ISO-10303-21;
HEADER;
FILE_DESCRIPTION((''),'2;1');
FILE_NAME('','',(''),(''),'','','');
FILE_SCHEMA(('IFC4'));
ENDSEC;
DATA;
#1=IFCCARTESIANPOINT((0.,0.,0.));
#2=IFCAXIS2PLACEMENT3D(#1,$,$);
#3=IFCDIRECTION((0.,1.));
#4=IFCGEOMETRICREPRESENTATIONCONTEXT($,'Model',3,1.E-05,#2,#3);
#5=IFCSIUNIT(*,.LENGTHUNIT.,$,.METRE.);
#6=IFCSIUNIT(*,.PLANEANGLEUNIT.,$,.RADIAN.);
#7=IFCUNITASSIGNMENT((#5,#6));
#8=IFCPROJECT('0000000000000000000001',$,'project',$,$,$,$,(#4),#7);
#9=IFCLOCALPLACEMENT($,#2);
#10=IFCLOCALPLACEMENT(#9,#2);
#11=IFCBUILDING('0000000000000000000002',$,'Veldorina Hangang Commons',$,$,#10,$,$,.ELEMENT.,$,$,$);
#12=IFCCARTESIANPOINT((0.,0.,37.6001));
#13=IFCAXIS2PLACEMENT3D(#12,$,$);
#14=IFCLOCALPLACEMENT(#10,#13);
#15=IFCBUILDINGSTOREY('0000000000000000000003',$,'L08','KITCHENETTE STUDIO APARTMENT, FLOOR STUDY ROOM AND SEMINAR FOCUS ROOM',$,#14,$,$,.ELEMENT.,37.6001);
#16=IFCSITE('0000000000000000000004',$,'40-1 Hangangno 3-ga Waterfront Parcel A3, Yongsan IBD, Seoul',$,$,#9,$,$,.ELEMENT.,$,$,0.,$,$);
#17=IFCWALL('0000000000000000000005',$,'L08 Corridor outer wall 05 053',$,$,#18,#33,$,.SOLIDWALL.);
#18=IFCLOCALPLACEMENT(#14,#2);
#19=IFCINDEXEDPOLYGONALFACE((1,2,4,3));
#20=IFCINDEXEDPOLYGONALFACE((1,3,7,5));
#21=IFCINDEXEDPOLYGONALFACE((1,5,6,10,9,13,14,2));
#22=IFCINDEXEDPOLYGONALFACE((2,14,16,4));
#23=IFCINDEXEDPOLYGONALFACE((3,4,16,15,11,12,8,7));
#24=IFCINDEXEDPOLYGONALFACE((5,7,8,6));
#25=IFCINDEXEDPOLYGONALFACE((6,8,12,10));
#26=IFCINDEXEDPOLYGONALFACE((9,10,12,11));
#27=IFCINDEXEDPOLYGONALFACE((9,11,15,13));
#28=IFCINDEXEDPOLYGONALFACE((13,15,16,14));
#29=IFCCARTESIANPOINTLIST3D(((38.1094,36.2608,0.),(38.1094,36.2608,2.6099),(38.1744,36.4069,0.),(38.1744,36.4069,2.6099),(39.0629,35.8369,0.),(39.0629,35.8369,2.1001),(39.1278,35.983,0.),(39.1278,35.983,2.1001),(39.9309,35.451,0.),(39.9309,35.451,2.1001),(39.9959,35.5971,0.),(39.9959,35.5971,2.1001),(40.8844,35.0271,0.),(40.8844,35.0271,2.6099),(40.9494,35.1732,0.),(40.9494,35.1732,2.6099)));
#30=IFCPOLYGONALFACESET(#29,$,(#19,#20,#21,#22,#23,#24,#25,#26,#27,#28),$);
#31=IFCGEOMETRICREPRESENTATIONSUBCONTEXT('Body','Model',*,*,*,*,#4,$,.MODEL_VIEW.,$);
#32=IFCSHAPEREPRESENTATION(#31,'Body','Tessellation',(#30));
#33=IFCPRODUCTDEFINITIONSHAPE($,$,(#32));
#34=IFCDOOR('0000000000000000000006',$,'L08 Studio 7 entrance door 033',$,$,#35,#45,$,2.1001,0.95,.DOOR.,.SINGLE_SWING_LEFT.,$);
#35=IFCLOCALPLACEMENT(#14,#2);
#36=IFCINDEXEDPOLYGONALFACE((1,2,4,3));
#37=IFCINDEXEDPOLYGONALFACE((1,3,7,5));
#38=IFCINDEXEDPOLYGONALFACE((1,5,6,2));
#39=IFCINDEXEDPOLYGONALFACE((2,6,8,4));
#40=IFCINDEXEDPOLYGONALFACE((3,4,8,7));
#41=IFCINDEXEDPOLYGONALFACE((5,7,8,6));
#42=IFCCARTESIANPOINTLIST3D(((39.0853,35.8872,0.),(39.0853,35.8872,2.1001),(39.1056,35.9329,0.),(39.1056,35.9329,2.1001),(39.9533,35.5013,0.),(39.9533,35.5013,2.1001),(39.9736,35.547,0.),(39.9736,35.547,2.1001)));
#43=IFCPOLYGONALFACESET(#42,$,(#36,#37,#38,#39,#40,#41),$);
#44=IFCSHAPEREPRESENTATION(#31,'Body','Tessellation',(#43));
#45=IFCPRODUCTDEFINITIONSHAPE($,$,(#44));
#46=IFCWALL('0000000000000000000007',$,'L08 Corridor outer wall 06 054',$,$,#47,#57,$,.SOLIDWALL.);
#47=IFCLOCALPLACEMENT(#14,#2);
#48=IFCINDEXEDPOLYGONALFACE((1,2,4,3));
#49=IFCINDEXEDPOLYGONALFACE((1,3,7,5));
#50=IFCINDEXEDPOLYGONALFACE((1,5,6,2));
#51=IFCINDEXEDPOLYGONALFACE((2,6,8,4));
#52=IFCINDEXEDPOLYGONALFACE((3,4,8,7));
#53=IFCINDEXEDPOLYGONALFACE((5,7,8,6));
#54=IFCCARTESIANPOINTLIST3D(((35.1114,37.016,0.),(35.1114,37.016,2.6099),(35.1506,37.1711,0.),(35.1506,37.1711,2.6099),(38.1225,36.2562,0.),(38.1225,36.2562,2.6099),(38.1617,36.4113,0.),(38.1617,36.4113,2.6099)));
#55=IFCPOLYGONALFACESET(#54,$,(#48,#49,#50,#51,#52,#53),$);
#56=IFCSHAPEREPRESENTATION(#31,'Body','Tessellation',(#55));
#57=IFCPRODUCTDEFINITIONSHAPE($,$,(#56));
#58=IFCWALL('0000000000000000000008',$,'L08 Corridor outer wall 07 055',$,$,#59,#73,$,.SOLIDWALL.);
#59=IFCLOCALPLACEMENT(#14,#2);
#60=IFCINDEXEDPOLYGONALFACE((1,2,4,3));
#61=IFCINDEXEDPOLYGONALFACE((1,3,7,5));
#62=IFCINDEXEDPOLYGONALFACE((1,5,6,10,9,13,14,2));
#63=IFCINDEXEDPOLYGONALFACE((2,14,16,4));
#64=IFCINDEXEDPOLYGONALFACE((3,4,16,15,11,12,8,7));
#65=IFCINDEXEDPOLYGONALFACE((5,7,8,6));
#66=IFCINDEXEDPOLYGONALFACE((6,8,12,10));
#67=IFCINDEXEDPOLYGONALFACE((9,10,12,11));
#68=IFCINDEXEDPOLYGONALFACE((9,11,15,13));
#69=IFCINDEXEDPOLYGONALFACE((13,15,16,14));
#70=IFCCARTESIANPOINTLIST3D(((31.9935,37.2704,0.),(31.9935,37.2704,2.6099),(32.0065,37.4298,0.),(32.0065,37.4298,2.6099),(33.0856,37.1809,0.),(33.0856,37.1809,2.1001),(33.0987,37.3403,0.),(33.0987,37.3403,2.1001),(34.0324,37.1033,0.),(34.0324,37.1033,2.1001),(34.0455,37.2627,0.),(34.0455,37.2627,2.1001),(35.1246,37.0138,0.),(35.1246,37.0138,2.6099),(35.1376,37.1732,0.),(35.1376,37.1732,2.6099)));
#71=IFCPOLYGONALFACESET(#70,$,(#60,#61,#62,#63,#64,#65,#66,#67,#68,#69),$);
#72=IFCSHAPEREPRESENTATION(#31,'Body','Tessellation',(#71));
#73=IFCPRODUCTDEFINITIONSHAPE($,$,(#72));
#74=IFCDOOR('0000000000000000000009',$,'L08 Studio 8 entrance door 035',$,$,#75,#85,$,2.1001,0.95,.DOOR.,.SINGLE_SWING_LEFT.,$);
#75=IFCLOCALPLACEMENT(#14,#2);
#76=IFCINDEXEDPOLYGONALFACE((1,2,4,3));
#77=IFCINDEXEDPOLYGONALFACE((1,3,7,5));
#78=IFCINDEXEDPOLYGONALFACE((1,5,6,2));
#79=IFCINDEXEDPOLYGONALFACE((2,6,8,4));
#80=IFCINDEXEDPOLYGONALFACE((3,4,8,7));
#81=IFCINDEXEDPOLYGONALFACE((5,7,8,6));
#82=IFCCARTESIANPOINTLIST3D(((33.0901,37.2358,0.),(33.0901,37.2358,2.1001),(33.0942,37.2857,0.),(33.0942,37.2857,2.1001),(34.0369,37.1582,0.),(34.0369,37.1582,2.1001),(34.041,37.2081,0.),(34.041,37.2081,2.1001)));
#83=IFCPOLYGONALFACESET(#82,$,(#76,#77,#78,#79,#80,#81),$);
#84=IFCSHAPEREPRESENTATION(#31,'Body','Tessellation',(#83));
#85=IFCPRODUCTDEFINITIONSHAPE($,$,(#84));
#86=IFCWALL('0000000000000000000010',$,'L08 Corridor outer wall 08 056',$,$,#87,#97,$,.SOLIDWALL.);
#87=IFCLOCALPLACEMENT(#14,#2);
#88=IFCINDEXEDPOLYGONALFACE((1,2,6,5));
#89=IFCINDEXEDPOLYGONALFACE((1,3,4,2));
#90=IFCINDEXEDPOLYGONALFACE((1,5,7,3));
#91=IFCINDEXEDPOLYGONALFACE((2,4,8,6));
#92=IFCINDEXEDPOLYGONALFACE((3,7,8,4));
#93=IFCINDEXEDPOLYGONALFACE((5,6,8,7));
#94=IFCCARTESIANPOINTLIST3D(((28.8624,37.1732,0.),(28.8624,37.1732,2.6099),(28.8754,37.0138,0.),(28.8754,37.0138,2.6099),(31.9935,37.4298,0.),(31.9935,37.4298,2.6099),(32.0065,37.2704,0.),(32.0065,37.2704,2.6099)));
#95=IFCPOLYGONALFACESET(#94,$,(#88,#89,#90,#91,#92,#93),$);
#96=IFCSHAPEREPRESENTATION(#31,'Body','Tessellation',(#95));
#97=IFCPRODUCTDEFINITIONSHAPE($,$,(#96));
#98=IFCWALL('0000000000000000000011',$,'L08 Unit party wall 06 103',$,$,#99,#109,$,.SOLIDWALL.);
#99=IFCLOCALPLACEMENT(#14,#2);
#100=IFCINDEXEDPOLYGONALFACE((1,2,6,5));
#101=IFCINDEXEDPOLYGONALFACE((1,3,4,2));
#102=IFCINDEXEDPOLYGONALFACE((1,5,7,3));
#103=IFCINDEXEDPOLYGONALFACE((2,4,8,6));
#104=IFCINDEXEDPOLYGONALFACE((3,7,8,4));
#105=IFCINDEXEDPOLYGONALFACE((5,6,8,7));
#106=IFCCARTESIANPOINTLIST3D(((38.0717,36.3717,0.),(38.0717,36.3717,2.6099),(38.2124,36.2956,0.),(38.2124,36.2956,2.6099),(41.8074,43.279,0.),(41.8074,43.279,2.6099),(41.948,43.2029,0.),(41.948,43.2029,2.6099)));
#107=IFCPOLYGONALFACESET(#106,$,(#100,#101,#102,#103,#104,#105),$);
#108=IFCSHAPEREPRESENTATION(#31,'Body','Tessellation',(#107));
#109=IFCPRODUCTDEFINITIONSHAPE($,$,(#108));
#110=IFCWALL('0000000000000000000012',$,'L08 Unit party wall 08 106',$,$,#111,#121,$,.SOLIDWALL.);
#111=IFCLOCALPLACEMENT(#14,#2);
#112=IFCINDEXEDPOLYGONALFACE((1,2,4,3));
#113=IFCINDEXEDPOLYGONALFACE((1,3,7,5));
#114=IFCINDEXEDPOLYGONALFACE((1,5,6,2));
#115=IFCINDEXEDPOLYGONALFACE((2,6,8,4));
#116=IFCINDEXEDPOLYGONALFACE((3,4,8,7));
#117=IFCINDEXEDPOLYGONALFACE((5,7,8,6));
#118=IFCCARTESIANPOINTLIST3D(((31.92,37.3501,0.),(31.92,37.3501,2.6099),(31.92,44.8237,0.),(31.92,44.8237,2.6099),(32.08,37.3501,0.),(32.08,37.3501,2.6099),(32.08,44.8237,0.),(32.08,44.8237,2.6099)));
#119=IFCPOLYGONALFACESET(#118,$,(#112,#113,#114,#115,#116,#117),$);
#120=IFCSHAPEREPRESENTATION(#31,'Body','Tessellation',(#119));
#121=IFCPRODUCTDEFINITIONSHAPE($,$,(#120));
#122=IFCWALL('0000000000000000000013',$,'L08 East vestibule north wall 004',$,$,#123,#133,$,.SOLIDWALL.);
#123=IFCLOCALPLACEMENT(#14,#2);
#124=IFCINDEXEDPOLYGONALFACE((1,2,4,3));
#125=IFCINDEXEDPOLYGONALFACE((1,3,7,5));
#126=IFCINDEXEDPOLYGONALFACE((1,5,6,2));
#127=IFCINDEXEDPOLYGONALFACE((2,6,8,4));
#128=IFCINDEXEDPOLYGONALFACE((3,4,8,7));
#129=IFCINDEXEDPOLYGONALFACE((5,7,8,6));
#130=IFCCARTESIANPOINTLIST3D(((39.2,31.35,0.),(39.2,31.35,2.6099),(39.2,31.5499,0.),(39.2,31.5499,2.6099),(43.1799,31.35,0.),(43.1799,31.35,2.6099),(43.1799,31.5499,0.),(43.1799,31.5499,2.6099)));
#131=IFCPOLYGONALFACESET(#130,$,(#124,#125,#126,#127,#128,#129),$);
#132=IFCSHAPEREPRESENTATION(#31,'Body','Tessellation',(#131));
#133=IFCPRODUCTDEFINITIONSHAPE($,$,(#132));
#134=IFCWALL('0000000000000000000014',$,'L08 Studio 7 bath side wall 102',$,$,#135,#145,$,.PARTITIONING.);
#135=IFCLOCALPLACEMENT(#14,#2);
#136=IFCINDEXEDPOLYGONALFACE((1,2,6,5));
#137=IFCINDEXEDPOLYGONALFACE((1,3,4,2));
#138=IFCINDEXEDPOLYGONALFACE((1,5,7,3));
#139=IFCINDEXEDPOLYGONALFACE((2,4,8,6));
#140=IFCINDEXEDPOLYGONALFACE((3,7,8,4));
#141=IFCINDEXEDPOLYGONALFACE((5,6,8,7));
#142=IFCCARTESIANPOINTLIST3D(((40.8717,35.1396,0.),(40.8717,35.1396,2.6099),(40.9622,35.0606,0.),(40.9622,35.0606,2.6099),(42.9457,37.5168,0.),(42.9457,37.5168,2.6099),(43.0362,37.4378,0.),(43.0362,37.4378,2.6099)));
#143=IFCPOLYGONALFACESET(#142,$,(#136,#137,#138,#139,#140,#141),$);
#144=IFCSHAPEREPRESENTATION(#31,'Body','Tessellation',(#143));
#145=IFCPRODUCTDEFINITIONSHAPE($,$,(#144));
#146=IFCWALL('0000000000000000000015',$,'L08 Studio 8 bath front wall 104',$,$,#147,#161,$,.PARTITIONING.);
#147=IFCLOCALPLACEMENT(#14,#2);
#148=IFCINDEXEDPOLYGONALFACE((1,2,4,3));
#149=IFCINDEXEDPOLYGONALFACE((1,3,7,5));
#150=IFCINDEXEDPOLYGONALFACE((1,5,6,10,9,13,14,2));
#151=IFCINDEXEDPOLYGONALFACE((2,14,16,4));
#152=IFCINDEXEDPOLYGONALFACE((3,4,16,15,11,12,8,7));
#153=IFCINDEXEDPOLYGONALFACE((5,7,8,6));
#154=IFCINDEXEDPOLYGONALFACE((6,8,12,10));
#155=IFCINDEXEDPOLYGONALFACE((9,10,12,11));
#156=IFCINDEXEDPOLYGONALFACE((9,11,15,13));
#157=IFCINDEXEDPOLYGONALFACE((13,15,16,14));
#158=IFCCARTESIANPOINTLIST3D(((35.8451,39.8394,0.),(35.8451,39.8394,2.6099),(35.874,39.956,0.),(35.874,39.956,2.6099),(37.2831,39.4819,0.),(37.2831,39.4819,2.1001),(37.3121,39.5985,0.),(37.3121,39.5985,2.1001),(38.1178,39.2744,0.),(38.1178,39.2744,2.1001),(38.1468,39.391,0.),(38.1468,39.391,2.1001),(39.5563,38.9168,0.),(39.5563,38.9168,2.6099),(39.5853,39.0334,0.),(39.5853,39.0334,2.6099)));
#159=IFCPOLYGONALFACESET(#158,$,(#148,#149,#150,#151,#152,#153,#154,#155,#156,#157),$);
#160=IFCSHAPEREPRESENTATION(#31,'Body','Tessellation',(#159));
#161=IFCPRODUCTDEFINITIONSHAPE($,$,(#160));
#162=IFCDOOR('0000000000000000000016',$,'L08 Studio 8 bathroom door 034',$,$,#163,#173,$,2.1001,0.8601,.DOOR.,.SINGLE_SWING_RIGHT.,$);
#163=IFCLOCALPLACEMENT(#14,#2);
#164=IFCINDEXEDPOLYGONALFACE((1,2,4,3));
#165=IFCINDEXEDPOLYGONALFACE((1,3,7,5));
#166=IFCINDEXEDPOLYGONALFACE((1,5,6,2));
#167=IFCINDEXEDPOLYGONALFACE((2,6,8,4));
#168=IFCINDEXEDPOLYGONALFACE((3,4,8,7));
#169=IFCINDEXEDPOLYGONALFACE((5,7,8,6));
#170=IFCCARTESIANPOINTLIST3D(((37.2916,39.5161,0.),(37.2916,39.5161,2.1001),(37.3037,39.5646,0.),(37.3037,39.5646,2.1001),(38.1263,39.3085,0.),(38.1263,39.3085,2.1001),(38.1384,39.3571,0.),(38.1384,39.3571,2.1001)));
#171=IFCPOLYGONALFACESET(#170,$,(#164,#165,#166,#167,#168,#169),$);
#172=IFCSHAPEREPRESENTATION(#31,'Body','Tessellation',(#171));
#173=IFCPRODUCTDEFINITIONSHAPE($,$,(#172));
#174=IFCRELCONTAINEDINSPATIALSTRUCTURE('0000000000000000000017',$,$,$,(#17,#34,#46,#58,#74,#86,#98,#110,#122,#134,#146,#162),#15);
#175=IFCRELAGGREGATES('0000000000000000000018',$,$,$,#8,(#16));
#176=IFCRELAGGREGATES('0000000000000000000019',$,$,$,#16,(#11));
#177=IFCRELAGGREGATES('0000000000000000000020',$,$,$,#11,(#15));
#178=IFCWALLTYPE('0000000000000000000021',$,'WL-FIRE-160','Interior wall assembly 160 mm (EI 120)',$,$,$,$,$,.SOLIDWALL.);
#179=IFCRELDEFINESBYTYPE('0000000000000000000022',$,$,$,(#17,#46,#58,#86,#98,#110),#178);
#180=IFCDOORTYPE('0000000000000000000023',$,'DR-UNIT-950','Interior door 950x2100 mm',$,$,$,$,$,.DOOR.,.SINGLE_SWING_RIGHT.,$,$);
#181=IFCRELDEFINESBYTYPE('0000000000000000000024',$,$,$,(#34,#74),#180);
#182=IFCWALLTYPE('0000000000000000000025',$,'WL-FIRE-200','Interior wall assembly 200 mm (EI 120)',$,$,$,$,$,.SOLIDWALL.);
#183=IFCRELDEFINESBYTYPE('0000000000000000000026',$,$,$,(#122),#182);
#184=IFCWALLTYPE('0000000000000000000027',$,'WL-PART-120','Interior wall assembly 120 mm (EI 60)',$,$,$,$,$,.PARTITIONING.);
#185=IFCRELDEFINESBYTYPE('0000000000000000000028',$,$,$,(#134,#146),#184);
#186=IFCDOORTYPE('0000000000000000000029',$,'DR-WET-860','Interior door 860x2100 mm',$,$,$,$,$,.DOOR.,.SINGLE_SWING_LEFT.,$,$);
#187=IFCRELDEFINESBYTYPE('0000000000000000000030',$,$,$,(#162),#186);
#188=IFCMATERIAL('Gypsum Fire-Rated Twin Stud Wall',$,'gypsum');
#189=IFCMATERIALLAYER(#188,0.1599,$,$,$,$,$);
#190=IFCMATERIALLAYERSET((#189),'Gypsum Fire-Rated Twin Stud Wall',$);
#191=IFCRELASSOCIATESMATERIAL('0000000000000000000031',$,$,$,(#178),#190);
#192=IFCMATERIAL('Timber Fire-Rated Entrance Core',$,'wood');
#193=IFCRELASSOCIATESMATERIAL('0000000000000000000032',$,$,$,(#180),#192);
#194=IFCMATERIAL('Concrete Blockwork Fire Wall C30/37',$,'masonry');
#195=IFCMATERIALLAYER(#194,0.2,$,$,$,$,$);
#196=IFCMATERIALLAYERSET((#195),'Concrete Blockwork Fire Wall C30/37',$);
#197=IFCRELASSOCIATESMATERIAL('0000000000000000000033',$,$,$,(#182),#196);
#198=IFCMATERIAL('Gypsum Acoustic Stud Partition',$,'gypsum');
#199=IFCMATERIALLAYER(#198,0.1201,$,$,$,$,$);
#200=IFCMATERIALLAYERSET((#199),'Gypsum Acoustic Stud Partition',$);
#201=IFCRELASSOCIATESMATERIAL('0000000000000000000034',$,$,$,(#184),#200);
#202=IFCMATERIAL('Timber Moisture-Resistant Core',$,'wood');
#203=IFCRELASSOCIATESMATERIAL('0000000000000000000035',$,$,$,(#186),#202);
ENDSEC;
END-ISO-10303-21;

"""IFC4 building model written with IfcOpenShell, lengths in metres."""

from ifc_helpers import new_model, si_unit, direction, frame, frame_2d, origin, place, context, subcontext, project, spatial, rectangle, extrude, material, layer, layer_set, type_object, element, fill, save


model = new_model("IFC4")

# Units and contexts
model_context = context("Model", 3, precision=1e-05, world=origin(), true_north=direction((0.0, 1.0)))
body_context = subcontext(model_context, "Body", "Model", "MODEL_VIEW")
ifc_project = project(units=[si_unit("LENGTHUNIT", "METRE"), si_unit("PLANEANGLEUNIT", "RADIAN")], contexts=[model_context])

# Site, building, storey
site_placement = place(None, origin())
site = spatial("IfcSite", under=ifc_project, at=site_placement, Name="40-1 Hangangno 3-ga Waterfront Parcel A3, Yongsan IBD, Seoul", CompositionType="ELEMENT", RefElevation=0.0)
building_placement = place(site_placement, origin())
building = spatial("IfcBuilding", under=site, at=building_placement, Name="Veldorina Hangang Commons", CompositionType="ELEMENT")
storey_placement = place(building_placement, frame((0.0, 0.0, 37.6001)))
storey = spatial("IfcBuildingStorey", under=building, at=storey_placement, Name="L08", Description="KITCHENETTE STUDIO APARTMENT, FLOOR STUDY ROOM AND SEMINAR FOCUS ROOM", CompositionType="ELEMENT", Elevation=37.6001)

# Wall, opening, door
ifc_material_1 = material(Name="Gypsum Fire-Rated Twin Stud Wall", Category="gypsum")
ifc_layer_1 = layer(ifc_material_1, 0.1599)
ifc_layer_set_1 = layer_set([ifc_layer_1], Name="Gypsum Fire-Rated Twin Stud Wall")
wall_type_1 = type_object("IfcWallType", Name="WL-FIRE-160", Description="Interior wall assembly 160 mm (EI 120)", PredefinedType="SOLIDWALL", material=ifc_layer_set_1)
wall_1_placement = place(storey_placement, frame((40.917, 35.1001, 0.0), z_axis=(0.0, 0.0, 1.0), x_axis=(-0.913768, 0.406235, 0.0)))
wall_1 = element("IfcWall", 1, at=wall_1_placement, inside=storey, type_object=wall_type_1, Name="L08 Corridor outer wall 05 053", PredefinedType="SOLIDWALL", context=body_context, shape_type="SweptSolid", body=[
    extrude(rectangle(XDim=3.0369, YDim=0.1599, at=frame_2d((1.5186, 0.0))), origin(), (0.0, 0.0, 1.0), 2.6099),
])
opening_1_placement = place(wall_1_placement, frame((1.0435, 0.0, 0.0)))
opening_1 = element("IfcOpeningElement", 2, at=opening_1_placement, cuts=wall_1, PredefinedType="OPENING", context=body_context, shape_type="SweptSolid", body=[
    extrude(rectangle(XDim=0.95, YDim=2.1001, at=frame_2d((0.4751, 1.05))), frame((0.0, 0.0898, 0.0), z_axis=(0.0, -1.0, 0.0), x_axis=(1.0, 0.0, 0.0)), (0.0, 0.0, 1.0), 0.1799),
])
ifc_material_2 = material(Name="Timber Fire-Rated Entrance Core", Category="wood")
door_type_1 = type_object("IfcDoorType", Name="DR-UNIT-950", Description="Interior door 950x2100 mm", OperationType="SINGLE_SWING_RIGHT", PredefinedType="DOOR", material=ifc_material_2)
door_1_placement = place(opening_1_placement, origin())
door_1 = element("IfcDoor", 3, at=door_1_placement, inside=storey, type_object=door_type_1, Name="L08 Studio 7 entrance door 033", OperationType="SINGLE_SWING_LEFT", OverallHeight=2.1001, OverallWidth=0.95, PredefinedType="DOOR", context=body_context, shape_type="SweptSolid", body=[
    extrude(rectangle(XDim=0.95, YDim=2.1001, at=frame_2d((0.4751, 1.05))), frame((0.0, 0.0249, 0.0), z_axis=(0.0, -1.0, 0.0), x_axis=(1.0, 0.0, 0.0)), (0.0, 0.0, 1.0), 0.05),
])
fill(opening_1, door_1)

# Wall
wall_2_placement = place(storey_placement, frame((38.1421, 36.3337, 0.0), z_axis=(0.0, 0.0, 1.0), x_axis=(-0.969608, 0.244662, 0.0)))
element("IfcWall", 4, at=wall_2_placement, inside=storey, type_object=wall_type_1, Name="L08 Corridor outer wall 06 054", PredefinedType="SOLIDWALL", context=body_context, shape_type="SweptSolid", body=[
    extrude(rectangle(XDim=3.1055, YDim=0.1599, at=frame_2d((1.5527, 0.0))), origin(), (0.0, 0.0, 1.0), 2.6099),
])

# Wall, opening, door
wall_3_placement = place(storey_placement, frame((35.1311, 37.0935, 0.0), z_axis=(0.0, 0.0, 1.0), x_axis=(-0.996659, 0.081676, 0.0)))
wall_3 = element("IfcWall", 5, at=wall_3_placement, inside=storey, type_object=wall_type_1, Name="L08 Corridor outer wall 07 055", PredefinedType="SOLIDWALL", context=body_context, shape_type="SweptSolid", body=[
    extrude(rectangle(XDim=3.1416, YDim=0.1599, at=frame_2d((1.5708, 0.0))), origin(), (0.0, 0.0, 1.0), 2.6099),
])
opening_2_placement = place(wall_3_placement, frame((1.0957, 0.0, 0.0)))
opening_2 = element("IfcOpeningElement", 6, at=opening_2_placement, cuts=wall_3, PredefinedType="OPENING", context=body_context, shape_type="SweptSolid", body=[
    extrude(rectangle(XDim=0.95, YDim=2.1001, at=frame_2d((0.4751, 1.05))), frame((0.0, 0.0898, 0.0), z_axis=(0.0, -1.0, 0.0), x_axis=(1.0, 0.0, 0.0)), (0.0, 0.0, 1.0), 0.1799),
])
door_2_placement = place(opening_2_placement, origin())
door_2 = element("IfcDoor", 7, at=door_2_placement, inside=storey, type_object=door_type_1, Name="L08 Studio 8 entrance door 035", OperationType="SINGLE_SWING_LEFT", OverallHeight=2.1001, OverallWidth=0.95, PredefinedType="DOOR", context=body_context, shape_type="SweptSolid", body=[
    extrude(rectangle(XDim=0.95, YDim=2.1001, at=frame_2d((0.4751, 1.05))), frame((0.0, 0.0249, 0.0), z_axis=(0.0, -1.0, 0.0), x_axis=(1.0, 0.0, 0.0)), (0.0, 0.0, 1.0), 0.05),
])
fill(opening_2, door_2)

# Walls
wall_4_placement = place(storey_placement, frame((32.0, 37.3501, 0.0), z_axis=(0.0, 0.0, 1.0), x_axis=(-0.996659, -0.081676, 0.0)))
element("IfcWall", 8, at=wall_4_placement, inside=storey, type_object=wall_type_1, Name="L08 Corridor outer wall 08 056", PredefinedType="SOLIDWALL", context=body_context, shape_type="SweptSolid", body=[
    extrude(rectangle(XDim=3.1416, YDim=0.1599, at=frame_2d((1.5708, 0.0))), origin(), (0.0, 0.0, 1.0), 2.6099),
])
wall_5_placement = place(storey_placement, frame((38.1421, 36.3337, 0.0), z_axis=(0.0, 0.0, 1.0), x_axis=(0.47571, 0.879602, 0.0)))
element("IfcWall", 9, at=wall_5_placement, inside=storey, type_object=wall_type_1, Name="L08 Unit party wall 06 103", PredefinedType="SOLIDWALL", context=body_context, shape_type="SweptSolid", body=[
    extrude(rectangle(XDim=7.8528, YDim=0.1599, at=frame_2d((3.9263, 0.0))), origin(), (0.0, 0.0, 1.0), 2.6099),
])
wall_6_placement = place(storey_placement, frame((32.0, 37.3501, 0.0), z_axis=(0.0, 0.0, 1.0), x_axis=(0.0, 1.0, 0.0)))
element("IfcWall", 10, at=wall_6_placement, inside=storey, type_object=wall_type_1, Name="L08 Unit party wall 08 106", PredefinedType="SOLIDWALL", context=body_context, shape_type="SweptSolid", body=[
    extrude(rectangle(XDim=7.4736, YDim=0.1599, at=frame_2d((3.7368, 0.0))), origin(), (0.0, 0.0, 1.0), 2.6099),
])
ifc_material_3 = material(Name="Concrete Blockwork Fire Wall C30/37", Category="masonry")
ifc_layer_2 = layer(ifc_material_3, 0.2)
ifc_layer_set_2 = layer_set([ifc_layer_2], Name="Concrete Blockwork Fire Wall C30/37")
wall_type_2 = type_object("IfcWallType", Name="WL-FIRE-200", Description="Interior wall assembly 200 mm (EI 120)", PredefinedType="SOLIDWALL", material=ifc_layer_set_2)
wall_7_placement = place(storey_placement, frame((39.2, 31.45, 0.0), z_axis=(0.0, 0.0, 1.0), x_axis=(1.0, 0.0, 0.0)))
element("IfcWall", 11, at=wall_7_placement, inside=storey, type_object=wall_type_2, Name="L08 East vestibule north wall 004", PredefinedType="SOLIDWALL", context=body_context, shape_type="SweptSolid", body=[
    extrude(rectangle(XDim=3.98, YDim=0.2, at=frame_2d((1.99, 0.0))), origin(), (0.0, 0.0, 1.0), 2.6099),
])
ifc_material_4 = material(Name="Gypsum Acoustic Stud Partition", Category="gypsum")
ifc_layer_3 = layer(ifc_material_4, 0.1201)
ifc_layer_set_3 = layer_set([ifc_layer_3], Name="Gypsum Acoustic Stud Partition")
wall_type_3 = type_object("IfcWallType", Name="WL-PART-120", Description="Interior wall assembly 120 mm (EI 60)", PredefinedType="PARTITIONING", material=ifc_layer_set_3)
wall_8_placement = place(storey_placement, frame((40.917, 35.1001, 0.0), z_axis=(0.0, 0.0, 1.0), x_axis=(0.657414, 0.75353, 0.0)))
element("IfcWall", 12, at=wall_8_placement, inside=storey, type_object=wall_type_3, Name="L08 Studio 7 bath side wall 102", PredefinedType="PARTITIONING", context=body_context, shape_type="SweptSolid", body=[
    extrude(rectangle(XDim=3.1548, YDim=0.1201, at=frame_2d((1.5774, 0.0))), origin(), (0.0, 0.0, 1.0), 2.6099),
])

# Wall, opening, door
wall_9_placement = place(storey_placement, frame((39.5708, 38.9751, 0.0), z_axis=(0.0, 0.0, 1.0), x_axis=(-0.970461, 0.241259, 0.0)))
wall_9 = element("IfcWall", 13, at=wall_9_placement, inside=storey, type_object=wall_type_3, Name="L08 Studio 8 bath front wall 104", PredefinedType="PARTITIONING", context=body_context, shape_type="SweptSolid", body=[
    extrude(rectangle(XDim=3.8242, YDim=0.1201, at=frame_2d((1.9121, 0.0))), origin(), (0.0, 0.0, 1.0), 2.6099),
])
opening_3_placement = place(wall_9_placement, frame((1.4822, 0.0, 0.0)))
opening_3 = element("IfcOpeningElement", 14, at=opening_3_placement, cuts=wall_9, PredefinedType="OPENING", context=body_context, shape_type="SweptSolid", body=[
    extrude(rectangle(XDim=0.8601, YDim=2.1001, at=frame_2d((0.4302, 1.05))), frame((0.0, 0.0701, 0.0), z_axis=(0.0, -1.0, 0.0), x_axis=(1.0, 0.0, 0.0)), (0.0, 0.0, 1.0), 0.1401),
])
ifc_material_5 = material(Name="Timber Moisture-Resistant Core", Category="wood")
door_type_2 = type_object("IfcDoorType", Name="DR-WET-860", Description="Interior door 860x2100 mm", OperationType="SINGLE_SWING_LEFT", PredefinedType="DOOR", material=ifc_material_5)
door_3_placement = place(opening_3_placement, origin())
door_3 = element("IfcDoor", 15, at=door_3_placement, inside=storey, type_object=door_type_2, Name="L08 Studio 8 bathroom door 034", OperationType="SINGLE_SWING_RIGHT", OverallHeight=2.1001, OverallWidth=0.8601, PredefinedType="DOOR", context=body_context, shape_type="SweptSolid", body=[
    extrude(rectangle(XDim=0.8601, YDim=2.1001, at=frame_2d((0.4302, 1.05))), frame((0.0, 0.0249, 0.0), z_axis=(0.0, -1.0, 0.0), x_axis=(1.0, 0.0, 0.0)), (0.0, 0.0, 1.0), 0.05),
])
fill(opening_3, door_3)

save(model, "model.ifc")
